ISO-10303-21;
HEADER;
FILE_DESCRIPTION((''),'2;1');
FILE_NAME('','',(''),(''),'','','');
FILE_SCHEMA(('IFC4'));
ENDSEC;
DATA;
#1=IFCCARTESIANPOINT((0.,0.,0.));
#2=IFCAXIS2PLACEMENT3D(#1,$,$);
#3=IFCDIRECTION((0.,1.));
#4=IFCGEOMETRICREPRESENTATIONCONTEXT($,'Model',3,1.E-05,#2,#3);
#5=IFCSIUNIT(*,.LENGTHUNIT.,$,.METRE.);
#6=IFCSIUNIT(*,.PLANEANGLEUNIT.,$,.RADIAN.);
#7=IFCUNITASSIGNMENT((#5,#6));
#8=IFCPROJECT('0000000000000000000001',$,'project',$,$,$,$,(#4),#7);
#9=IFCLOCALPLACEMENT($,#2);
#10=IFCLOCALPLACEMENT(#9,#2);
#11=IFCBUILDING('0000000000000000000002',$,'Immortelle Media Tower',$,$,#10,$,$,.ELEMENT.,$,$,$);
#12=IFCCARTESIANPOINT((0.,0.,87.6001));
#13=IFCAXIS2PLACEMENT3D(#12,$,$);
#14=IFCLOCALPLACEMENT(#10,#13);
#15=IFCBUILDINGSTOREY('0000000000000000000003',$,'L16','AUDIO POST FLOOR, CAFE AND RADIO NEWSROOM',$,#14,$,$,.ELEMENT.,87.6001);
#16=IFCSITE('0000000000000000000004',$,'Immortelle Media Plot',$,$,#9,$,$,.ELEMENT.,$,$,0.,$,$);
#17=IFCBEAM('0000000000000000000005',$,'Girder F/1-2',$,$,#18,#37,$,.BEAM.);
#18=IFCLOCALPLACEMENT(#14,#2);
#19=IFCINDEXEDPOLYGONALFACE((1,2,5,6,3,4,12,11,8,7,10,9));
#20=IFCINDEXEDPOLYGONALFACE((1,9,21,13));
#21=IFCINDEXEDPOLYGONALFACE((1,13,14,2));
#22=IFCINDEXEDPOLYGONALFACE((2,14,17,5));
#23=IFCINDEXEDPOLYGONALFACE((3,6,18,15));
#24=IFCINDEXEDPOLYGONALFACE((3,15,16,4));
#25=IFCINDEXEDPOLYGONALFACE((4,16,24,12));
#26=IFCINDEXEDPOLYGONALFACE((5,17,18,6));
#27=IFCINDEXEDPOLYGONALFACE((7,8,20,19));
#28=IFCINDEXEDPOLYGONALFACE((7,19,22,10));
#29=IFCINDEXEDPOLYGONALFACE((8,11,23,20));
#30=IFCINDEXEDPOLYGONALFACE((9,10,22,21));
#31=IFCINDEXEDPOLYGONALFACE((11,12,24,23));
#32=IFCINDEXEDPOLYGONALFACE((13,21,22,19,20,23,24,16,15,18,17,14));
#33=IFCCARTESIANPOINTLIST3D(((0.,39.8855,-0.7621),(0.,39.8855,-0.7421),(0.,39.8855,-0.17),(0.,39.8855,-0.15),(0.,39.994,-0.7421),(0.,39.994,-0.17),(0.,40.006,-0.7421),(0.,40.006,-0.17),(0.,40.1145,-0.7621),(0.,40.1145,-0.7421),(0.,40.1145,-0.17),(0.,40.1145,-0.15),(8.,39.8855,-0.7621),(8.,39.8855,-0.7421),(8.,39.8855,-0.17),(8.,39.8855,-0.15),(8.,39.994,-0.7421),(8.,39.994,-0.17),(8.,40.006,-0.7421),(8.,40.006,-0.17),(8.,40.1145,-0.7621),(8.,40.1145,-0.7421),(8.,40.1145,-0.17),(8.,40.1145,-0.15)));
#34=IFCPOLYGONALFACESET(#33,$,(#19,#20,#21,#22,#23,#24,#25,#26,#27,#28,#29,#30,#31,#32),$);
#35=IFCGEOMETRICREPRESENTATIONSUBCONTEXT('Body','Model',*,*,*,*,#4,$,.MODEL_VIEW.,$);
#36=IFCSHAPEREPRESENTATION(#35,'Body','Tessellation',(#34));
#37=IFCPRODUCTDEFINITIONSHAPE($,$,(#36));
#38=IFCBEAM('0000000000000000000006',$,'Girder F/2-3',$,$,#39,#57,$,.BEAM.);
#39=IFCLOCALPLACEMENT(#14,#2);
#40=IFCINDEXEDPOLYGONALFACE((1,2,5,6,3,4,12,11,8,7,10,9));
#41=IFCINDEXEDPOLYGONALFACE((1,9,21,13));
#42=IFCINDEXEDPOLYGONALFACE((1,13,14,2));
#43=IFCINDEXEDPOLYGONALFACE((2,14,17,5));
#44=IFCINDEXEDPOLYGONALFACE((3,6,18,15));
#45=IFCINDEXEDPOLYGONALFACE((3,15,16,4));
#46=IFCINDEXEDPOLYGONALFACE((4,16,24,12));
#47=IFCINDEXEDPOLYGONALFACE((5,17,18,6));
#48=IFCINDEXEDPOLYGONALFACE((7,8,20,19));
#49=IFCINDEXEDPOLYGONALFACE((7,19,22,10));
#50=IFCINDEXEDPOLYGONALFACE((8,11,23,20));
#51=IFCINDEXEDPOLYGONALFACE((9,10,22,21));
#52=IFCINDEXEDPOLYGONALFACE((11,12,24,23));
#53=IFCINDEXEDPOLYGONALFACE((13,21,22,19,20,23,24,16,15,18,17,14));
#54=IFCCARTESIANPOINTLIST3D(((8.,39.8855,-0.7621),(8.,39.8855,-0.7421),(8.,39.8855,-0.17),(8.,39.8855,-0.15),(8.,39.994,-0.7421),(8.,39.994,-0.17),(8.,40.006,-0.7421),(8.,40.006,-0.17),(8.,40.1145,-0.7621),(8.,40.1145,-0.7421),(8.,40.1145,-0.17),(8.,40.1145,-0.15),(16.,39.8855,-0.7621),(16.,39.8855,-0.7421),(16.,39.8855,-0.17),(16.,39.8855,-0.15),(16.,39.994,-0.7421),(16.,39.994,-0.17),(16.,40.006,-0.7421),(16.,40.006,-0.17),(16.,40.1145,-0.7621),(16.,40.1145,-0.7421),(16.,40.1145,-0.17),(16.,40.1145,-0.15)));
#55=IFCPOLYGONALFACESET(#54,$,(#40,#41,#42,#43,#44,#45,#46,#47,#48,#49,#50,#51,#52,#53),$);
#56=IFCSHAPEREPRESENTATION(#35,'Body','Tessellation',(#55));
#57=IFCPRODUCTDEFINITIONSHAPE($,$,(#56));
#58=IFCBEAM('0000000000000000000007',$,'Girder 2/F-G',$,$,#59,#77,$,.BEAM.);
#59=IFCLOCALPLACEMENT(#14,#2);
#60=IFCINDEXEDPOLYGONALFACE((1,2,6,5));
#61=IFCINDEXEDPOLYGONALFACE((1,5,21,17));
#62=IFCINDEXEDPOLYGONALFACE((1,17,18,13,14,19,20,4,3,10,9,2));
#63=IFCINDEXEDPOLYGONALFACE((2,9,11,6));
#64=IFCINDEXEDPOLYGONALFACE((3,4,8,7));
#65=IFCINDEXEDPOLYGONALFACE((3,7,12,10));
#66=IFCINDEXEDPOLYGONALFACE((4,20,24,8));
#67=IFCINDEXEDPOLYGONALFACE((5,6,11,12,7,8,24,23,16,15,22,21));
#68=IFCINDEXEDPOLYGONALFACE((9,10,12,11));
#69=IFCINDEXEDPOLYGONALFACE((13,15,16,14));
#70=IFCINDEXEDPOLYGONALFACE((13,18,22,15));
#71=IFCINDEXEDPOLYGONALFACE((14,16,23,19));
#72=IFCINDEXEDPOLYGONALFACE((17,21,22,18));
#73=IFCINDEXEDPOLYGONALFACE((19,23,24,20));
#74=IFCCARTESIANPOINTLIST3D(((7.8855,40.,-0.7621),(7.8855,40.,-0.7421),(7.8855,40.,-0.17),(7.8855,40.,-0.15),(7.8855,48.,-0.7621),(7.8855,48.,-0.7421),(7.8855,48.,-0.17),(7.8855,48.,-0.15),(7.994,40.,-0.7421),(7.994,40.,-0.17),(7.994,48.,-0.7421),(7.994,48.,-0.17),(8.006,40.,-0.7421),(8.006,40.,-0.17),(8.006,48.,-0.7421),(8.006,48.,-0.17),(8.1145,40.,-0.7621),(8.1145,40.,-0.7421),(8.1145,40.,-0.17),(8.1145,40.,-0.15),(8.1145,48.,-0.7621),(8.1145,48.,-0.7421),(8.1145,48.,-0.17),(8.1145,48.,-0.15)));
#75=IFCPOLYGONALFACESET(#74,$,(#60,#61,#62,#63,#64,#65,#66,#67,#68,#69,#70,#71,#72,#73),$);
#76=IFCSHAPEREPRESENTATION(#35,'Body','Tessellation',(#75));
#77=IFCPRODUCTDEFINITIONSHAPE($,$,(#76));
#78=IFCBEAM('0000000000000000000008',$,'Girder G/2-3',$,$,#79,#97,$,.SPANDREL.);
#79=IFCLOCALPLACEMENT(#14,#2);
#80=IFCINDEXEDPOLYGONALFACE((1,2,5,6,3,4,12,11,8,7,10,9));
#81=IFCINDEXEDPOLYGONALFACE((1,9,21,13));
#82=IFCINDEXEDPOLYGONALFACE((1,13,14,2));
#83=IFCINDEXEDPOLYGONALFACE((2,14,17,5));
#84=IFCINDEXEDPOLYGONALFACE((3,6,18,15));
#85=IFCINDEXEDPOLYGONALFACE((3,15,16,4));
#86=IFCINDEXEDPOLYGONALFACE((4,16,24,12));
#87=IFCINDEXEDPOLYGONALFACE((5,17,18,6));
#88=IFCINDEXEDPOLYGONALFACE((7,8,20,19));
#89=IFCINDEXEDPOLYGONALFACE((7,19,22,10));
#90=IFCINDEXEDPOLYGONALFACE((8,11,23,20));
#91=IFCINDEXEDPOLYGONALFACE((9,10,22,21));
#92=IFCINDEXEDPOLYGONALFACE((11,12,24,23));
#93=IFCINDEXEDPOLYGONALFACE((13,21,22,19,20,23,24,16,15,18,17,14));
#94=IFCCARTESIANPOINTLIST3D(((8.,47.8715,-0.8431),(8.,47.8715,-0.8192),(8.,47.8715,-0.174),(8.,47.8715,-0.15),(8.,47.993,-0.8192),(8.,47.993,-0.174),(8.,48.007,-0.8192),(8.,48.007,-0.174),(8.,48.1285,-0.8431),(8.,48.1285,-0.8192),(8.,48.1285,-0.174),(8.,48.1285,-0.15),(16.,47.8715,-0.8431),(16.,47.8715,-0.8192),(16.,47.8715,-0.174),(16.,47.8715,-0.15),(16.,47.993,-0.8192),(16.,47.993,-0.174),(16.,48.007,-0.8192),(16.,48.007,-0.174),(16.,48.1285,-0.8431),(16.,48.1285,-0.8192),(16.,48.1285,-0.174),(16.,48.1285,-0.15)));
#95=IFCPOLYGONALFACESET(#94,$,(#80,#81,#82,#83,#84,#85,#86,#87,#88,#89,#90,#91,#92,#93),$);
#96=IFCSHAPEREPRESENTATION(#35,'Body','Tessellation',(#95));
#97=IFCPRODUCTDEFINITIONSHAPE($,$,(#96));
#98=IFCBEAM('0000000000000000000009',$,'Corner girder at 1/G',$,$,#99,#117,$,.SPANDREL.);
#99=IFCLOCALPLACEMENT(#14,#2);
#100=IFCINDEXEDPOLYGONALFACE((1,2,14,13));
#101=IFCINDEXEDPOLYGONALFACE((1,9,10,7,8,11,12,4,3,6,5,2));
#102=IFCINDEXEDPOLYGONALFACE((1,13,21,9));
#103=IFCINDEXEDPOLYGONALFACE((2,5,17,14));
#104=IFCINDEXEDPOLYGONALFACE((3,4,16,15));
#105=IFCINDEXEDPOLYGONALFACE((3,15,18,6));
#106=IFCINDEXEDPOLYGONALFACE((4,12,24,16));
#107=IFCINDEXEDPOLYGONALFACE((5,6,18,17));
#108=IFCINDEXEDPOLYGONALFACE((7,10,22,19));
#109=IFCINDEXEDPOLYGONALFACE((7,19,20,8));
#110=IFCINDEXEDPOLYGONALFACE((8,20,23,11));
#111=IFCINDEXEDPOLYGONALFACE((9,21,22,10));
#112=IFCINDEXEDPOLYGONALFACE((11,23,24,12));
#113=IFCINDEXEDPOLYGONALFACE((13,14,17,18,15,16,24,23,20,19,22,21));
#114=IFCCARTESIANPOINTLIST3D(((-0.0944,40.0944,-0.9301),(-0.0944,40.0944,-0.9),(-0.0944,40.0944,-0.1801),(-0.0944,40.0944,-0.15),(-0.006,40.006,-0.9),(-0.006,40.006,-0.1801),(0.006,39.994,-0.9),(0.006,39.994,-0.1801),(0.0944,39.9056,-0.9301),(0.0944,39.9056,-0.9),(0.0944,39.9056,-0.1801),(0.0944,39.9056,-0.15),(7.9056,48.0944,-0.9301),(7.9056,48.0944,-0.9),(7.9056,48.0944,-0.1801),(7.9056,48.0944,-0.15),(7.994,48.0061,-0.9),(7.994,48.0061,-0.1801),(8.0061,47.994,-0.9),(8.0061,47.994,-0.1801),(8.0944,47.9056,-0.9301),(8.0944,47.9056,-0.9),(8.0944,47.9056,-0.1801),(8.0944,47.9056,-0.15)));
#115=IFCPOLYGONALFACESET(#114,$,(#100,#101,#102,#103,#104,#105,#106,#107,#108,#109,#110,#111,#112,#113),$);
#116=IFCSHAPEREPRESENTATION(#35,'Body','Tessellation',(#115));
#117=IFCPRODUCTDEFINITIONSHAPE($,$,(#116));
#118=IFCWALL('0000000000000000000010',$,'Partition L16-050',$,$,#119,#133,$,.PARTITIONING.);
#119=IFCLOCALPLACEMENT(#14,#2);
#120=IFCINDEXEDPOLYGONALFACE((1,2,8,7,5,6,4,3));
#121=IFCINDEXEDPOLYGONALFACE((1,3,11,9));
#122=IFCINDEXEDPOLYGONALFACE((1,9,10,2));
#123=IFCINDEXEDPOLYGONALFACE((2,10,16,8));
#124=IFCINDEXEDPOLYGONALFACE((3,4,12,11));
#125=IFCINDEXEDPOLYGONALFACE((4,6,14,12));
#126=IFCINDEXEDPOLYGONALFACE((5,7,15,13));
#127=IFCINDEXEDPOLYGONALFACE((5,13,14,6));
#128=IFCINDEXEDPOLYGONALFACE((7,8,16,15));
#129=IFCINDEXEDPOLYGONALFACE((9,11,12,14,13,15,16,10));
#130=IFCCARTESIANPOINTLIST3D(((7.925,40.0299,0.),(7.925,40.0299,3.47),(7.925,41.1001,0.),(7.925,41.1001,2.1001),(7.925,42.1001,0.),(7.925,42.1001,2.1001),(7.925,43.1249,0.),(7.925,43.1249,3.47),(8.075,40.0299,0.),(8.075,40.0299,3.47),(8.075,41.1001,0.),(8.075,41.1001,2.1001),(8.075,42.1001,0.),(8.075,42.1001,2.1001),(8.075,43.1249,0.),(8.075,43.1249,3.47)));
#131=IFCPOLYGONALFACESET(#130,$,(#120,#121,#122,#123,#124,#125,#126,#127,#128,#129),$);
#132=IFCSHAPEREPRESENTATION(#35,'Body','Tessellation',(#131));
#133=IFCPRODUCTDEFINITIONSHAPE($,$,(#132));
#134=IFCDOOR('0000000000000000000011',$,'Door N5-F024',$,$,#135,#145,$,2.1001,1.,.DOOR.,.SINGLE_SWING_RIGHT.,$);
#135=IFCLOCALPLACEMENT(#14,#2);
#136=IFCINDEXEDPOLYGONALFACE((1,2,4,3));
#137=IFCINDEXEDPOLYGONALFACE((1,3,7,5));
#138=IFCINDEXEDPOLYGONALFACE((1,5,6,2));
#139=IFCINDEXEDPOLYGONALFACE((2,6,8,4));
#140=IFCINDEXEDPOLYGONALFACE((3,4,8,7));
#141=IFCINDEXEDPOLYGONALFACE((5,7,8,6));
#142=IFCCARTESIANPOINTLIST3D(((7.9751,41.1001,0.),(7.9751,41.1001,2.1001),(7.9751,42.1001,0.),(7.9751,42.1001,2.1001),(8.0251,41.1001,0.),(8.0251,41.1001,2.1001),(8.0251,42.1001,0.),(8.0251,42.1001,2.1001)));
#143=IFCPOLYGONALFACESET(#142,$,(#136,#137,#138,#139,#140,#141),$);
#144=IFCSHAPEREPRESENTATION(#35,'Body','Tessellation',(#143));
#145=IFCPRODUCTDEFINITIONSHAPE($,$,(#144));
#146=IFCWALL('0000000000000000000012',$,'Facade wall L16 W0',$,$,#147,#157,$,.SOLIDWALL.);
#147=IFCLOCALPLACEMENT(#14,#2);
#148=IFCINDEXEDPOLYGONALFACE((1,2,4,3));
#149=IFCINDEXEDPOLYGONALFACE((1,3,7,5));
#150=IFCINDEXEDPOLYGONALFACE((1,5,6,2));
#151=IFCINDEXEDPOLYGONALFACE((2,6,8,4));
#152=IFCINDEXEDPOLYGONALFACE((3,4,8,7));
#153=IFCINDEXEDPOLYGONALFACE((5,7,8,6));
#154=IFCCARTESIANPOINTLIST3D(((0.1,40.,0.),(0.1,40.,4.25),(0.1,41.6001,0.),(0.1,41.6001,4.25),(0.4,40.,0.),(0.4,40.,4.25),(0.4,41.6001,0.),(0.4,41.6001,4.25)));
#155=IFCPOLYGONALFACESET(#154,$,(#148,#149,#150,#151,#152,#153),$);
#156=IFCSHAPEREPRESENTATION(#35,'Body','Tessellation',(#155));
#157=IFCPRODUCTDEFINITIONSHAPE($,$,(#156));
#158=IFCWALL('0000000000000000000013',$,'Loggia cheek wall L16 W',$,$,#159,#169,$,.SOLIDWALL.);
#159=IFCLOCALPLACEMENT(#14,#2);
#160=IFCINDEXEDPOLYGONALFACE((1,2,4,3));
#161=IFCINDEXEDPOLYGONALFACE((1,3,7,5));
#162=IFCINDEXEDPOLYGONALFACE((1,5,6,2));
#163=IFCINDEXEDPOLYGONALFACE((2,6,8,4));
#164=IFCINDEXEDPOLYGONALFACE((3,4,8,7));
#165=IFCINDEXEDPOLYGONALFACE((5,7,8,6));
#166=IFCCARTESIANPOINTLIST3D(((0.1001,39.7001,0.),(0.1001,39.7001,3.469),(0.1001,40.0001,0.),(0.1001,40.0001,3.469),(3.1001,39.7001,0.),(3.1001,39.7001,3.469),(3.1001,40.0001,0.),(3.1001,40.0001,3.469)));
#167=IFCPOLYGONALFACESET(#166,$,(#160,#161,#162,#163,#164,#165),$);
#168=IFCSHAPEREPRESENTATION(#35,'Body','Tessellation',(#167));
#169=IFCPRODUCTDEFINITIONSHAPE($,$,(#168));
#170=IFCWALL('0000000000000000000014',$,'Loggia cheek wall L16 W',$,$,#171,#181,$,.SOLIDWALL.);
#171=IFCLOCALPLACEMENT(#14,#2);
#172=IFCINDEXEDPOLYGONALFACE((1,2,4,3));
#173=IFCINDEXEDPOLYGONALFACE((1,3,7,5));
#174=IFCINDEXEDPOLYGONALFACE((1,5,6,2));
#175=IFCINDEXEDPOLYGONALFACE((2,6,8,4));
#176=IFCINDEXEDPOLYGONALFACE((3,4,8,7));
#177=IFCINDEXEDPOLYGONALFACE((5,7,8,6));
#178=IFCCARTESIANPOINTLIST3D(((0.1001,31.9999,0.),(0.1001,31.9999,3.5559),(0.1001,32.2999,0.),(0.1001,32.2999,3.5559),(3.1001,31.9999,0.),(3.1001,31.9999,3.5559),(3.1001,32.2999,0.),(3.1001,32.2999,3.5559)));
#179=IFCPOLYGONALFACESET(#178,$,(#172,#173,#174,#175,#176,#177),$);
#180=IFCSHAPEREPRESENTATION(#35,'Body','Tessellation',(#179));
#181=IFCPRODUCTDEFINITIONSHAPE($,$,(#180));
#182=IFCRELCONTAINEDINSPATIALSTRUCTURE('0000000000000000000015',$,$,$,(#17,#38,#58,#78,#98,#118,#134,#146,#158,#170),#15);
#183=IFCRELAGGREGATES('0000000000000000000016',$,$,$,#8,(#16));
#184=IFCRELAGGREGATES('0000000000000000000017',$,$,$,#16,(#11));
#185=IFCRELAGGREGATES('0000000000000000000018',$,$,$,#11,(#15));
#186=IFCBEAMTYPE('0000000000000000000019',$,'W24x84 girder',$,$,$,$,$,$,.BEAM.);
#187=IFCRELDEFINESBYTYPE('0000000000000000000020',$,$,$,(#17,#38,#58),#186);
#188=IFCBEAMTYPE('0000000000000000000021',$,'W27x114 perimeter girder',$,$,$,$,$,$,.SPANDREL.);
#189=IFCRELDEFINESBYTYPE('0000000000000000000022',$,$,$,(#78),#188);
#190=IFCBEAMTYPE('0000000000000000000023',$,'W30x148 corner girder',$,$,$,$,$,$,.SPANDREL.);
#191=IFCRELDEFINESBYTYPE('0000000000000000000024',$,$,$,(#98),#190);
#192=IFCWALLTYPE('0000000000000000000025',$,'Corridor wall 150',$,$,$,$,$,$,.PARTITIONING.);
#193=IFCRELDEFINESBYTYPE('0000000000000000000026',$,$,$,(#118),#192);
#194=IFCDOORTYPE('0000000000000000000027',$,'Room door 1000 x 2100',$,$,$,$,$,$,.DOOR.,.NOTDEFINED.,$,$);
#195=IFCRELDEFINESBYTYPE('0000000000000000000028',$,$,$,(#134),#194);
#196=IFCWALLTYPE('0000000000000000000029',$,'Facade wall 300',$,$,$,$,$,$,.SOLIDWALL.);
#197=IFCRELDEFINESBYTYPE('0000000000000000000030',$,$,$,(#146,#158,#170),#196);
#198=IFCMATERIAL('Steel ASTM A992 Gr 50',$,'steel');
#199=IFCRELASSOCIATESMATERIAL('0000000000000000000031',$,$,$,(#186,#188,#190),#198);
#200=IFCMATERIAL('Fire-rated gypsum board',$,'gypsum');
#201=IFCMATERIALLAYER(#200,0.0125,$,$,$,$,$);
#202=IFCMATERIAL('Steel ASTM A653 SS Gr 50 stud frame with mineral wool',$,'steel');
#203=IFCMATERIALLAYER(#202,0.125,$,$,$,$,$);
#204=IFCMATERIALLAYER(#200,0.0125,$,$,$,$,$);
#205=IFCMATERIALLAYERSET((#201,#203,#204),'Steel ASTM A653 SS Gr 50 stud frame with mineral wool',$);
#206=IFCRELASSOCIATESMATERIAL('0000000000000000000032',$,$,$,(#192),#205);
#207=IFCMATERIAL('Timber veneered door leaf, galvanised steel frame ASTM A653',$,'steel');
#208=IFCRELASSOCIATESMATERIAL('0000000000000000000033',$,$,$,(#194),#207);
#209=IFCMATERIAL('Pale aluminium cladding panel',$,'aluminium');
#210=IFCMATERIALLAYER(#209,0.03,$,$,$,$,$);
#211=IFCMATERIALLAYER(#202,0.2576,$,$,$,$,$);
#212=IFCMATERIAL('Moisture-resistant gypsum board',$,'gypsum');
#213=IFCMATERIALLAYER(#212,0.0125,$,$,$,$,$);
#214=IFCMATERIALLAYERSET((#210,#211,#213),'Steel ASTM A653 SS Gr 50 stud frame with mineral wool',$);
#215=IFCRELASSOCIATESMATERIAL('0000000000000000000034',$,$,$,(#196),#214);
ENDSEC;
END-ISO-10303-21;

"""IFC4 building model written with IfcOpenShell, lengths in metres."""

from ifc_helpers import new_model, si_unit, direction, frame, frame_2d, origin, origin_2d, place, context, subcontext, project, spatial, rectangle, i_section, extrude, material, layer, layer_set, material_profile, profile_set, type_object, element, fill, save


model = new_model("IFC4")

# Units and contexts
model_context = context("Model", 3, precision=1e-05, world=origin(), true_north=direction((0.0, 1.0)))
body_context = subcontext(model_context, "Body", "Model", "MODEL_VIEW")
ifc_project = project(units=[si_unit("LENGTHUNIT", "METRE"), si_unit("PLANEANGLEUNIT", "RADIAN")], contexts=[model_context])

# Site, building, storey
site_placement = place(None, origin())
site = spatial("IfcSite", under=ifc_project, at=site_placement, Name="Immortelle Media Plot", CompositionType="ELEMENT", RefElevation=0.0)
building_placement = place(site_placement, origin())
building = spatial("IfcBuilding", under=site, at=building_placement, Name="Immortelle Media Tower", CompositionType="ELEMENT")
storey_placement = place(building_placement, frame((0.0, 0.0, 87.6001)))
storey = spatial("IfcBuildingStorey", under=building, at=storey_placement, Name="L16", Description="AUDIO POST FLOOR, CAFE AND RADIO NEWSROOM", CompositionType="ELEMENT", Elevation=87.6001)

# Shared definitions
ifc_material_1 = material(Name="Steel ASTM A992 Gr 50", Category="steel")

# Beams
ifc_material_profile_1 = material_profile(ifc_material_1, i_section(OverallWidth=0.229, OverallDepth=0.6121, WebThickness=0.012, FlangeThickness=0.02, at=origin_2d()), Name="W24x84")
ifc_profile_set_1 = profile_set([ifc_material_profile_1], Name="Steel ASTM A992 Gr 50")
beam_type_1 = type_object("IfcBeamType", Name="W24x84 girder", PredefinedType="BEAM", material=ifc_profile_set_1)
for number, where, z_axis, x_axis, name in (
    (1, (0.0, 40.0, -0.4561), (1.0, 0.0, 0.0), (0.0, 1.0, 0.0), "Girder F/1-2"),
    (2, (8.0, 40.0, -0.4561), (1.0, 0.0, 0.0), (0.0, 1.0, 0.0), "Girder F/2-3"),
    (3, (8.0, 40.0, -0.4561), (0.0, 1.0, 0.0), (-1.0, 0.0, 0.0), "Girder 2/F-G"),
):
    element("IfcBeam", number, at=place(storey_placement, frame(where, z_axis=z_axis, x_axis=x_axis)), inside=storey, type_object=beam_type_1, Name=name, PredefinedType="BEAM", context=body_context, shape_type="SweptSolid", body=[
        extrude(i_section(OverallWidth=0.229, OverallDepth=0.6121, WebThickness=0.012, FlangeThickness=0.02, at=origin_2d()), origin(), (0.0, 0.0, 1.0), 8.0),
    ])
ifc_material_profile_2 = material_profile(ifc_material_1, i_section(OverallWidth=0.2571, OverallDepth=0.6931, WebThickness=0.0139, FlangeThickness=0.0239, at=origin_2d()), Name="W27x114")
ifc_profile_set_2 = profile_set([ifc_material_profile_2], Name="Steel ASTM A992 Gr 50")
beam_type_2 = type_object("IfcBeamType", Name="W27x114 perimeter girder", PredefinedType="SPANDREL", material=ifc_profile_set_2)
beam_1_placement = place(storey_placement, frame((8.0, 48.0, -0.4966), z_axis=(1.0, 0.0, 0.0), x_axis=(0.0, 1.0, 0.0)))
element("IfcBeam", 4, at=beam_1_placement, inside=storey, type_object=beam_type_2, Name="Girder G/2-3", PredefinedType="SPANDREL", context=body_context, shape_type="SweptSolid", body=[
    extrude(i_section(OverallWidth=0.2571, OverallDepth=0.6931, WebThickness=0.0139, FlangeThickness=0.0239, at=origin_2d()), origin(), (0.0, 0.0, 1.0), 8.0),
])
ifc_material_profile_3 = material_profile(ifc_material_1, i_section(OverallWidth=0.2671, OverallDepth=0.78, WebThickness=0.0171, FlangeThickness=0.03, at=origin_2d()), Name="W30x148")
ifc_profile_set_3 = profile_set([ifc_material_profile_3], Name="Steel ASTM A992 Gr 50")
beam_type_3 = type_object("IfcBeamType", Name="W30x148 corner girder", PredefinedType="SPANDREL", material=ifc_profile_set_3)
beam_2_placement = place(storey_placement, frame((0.0, 40.0, -0.54), z_axis=(0.707107, 0.707107, 0.0), x_axis=(-0.707107, 0.707107, 0.0)))
element("IfcBeam", 5, at=beam_2_placement, inside=storey, type_object=beam_type_3, Name="Corner girder at 1/G", PredefinedType="SPANDREL", context=body_context, shape_type="SweptSolid", body=[
    extrude(i_section(OverallWidth=0.2671, OverallDepth=0.78, WebThickness=0.0171, FlangeThickness=0.03, at=origin_2d()), origin(), (0.0, 0.0, 1.0), 11.3137),
])

# Wall, opening, door
ifc_material_2 = material(Name="Fire-rated gypsum board", Category="gypsum")
ifc_layer_1 = layer(ifc_material_2, 0.0125)
ifc_material_3 = material(Name="Steel ASTM A653 SS Gr 50 stud frame with mineral wool", Category="steel")
ifc_layer_2 = layer(ifc_material_3, 0.125)
ifc_layer_3 = layer(ifc_material_2, 0.0125)
ifc_layer_set_1 = layer_set([ifc_layer_1, ifc_layer_2, ifc_layer_3], Name="Steel ASTM A653 SS Gr 50 stud frame with mineral wool")
wall_type_1 = type_object("IfcWallType", Name="Corridor wall 150", PredefinedType="PARTITIONING", material=ifc_layer_set_1)
wall_1_placement = place(storey_placement, frame((8.0, 40.03, 0.0), z_axis=(0.0, 0.0, 1.0), x_axis=(0.0, 1.0, 0.0)))
wall_1 = element("IfcWall", 6, at=wall_1_placement, inside=storey, type_object=wall_type_1, Name="Partition L16-050", PredefinedType="PARTITIONING", context=body_context, shape_type="SweptSolid", body=[
    extrude(rectangle(XDim=3.095, YDim=0.1499, at=frame_2d((1.5474, 0.0))), origin(), (0.0, 0.0, 1.0), 3.47),
])
opening_1_placement = place(wall_1_placement, frame((1.0701, 0.0, 0.0)))
opening_1 = element("IfcOpeningElement", 7, at=opening_1_placement, cuts=wall_1, PredefinedType="OPENING", context=body_context, shape_type="SweptSolid", body=[
    extrude(rectangle(XDim=1.0, YDim=2.1001, at=frame_2d((0.5, 1.05))), frame((0.0, 0.085, 0.0), z_axis=(0.0, -1.0, 0.0), x_axis=(1.0, 0.0, 0.0)), (0.0, 0.0, 1.0), 0.1699),
])
ifc_material_4 = material(Name="Timber veneered door leaf, galvanised steel frame ASTM A653", Category="steel")
door_type_1 = type_object("IfcDoorType", Name="Room door 1000 x 2100", OperationType="NOTDEFINED", PredefinedType="DOOR", material=ifc_material_4)
door_1_placement = place(opening_1_placement, origin())
door_1 = element("IfcDoor", 8, at=door_1_placement, inside=storey, type_object=door_type_1, Name="Door N5-F024", OperationType="SINGLE_SWING_RIGHT", OverallHeight=2.1001, OverallWidth=1.0, PredefinedType="DOOR", context=body_context, shape_type="SweptSolid", body=[
    extrude(rectangle(XDim=1.0, YDim=2.1001, at=frame_2d((0.5, 1.05))), frame((0.0, 0.0249, 0.0), z_axis=(0.0, -1.0, 0.0), x_axis=(1.0, 0.0, 0.0)), (0.0, 0.0, 1.0), 0.05),
])
fill(opening_1, door_1)

# Wall
ifc_material_5 = material(Name="Pale aluminium cladding panel", Category="aluminium")
ifc_layer_4 = layer(ifc_material_5, 0.03)
ifc_layer_5 = layer(ifc_material_3, 0.2576)
ifc_material_6 = material(Name="Moisture-resistant gypsum board", Category="gypsum")
ifc_layer_6 = layer(ifc_material_6, 0.0125)
ifc_layer_set_2 = layer_set([ifc_layer_4, ifc_layer_5, ifc_layer_6], Name="Steel ASTM A653 SS Gr 50 stud frame with mineral wool")
wall_type_2 = type_object("IfcWallType", Name="Facade wall 300", PredefinedType="SOLIDWALL", material=ifc_layer_set_2)
wall_2_placement = place(storey_placement, frame((0.25, 41.6001, 0.0), z_axis=(0.0, 0.0, 1.0), x_axis=(0.0, -1.0, 0.0)))
element("IfcWall", 9, at=wall_2_placement, inside=storey, type_object=wall_type_2, Name="Facade wall L16 W0", PredefinedType="SOLIDWALL", context=body_context, shape_type="SweptSolid", body=[
    extrude(rectangle(XDim=1.6001, YDim=0.3, at=frame_2d((0.8, 0.0))), origin(), (0.0, 0.0, 1.0), 4.25),
])

# Walls
wall_3_placement = place(storey_placement, frame((0.1001, 39.8501, 0.0), z_axis=(0.0, 0.0, 1.0), x_axis=(1.0, 0.0, 0.0)))
element("IfcWall", 10, at=wall_3_placement, inside=storey, type_object=wall_type_2, Name="Loggia cheek wall L16 W", PredefinedType="SOLIDWALL", context=body_context, shape_type="SweptSolid", body=[
    extrude(rectangle(XDim=3.0, YDim=0.3, at=frame_2d((1.5, 0.0))), origin(), (0.0, 0.0, 1.0), 3.469),
])
wall_4_placement = place(storey_placement, frame((0.1001, 32.1499, 0.0), z_axis=(0.0, 0.0, 1.0), x_axis=(1.0, 0.0, 0.0)))
element("IfcWall", 11, at=wall_4_placement, inside=storey, type_object=wall_type_2, Name="Loggia cheek wall L16 W", PredefinedType="SOLIDWALL", context=body_context, shape_type="SweptSolid", body=[
    extrude(rectangle(XDim=3.0, YDim=0.3, at=frame_2d((1.5, 0.0))), origin(), (0.0, 0.0, 1.0), 3.5559),
])

save(model, "model.ifc")
